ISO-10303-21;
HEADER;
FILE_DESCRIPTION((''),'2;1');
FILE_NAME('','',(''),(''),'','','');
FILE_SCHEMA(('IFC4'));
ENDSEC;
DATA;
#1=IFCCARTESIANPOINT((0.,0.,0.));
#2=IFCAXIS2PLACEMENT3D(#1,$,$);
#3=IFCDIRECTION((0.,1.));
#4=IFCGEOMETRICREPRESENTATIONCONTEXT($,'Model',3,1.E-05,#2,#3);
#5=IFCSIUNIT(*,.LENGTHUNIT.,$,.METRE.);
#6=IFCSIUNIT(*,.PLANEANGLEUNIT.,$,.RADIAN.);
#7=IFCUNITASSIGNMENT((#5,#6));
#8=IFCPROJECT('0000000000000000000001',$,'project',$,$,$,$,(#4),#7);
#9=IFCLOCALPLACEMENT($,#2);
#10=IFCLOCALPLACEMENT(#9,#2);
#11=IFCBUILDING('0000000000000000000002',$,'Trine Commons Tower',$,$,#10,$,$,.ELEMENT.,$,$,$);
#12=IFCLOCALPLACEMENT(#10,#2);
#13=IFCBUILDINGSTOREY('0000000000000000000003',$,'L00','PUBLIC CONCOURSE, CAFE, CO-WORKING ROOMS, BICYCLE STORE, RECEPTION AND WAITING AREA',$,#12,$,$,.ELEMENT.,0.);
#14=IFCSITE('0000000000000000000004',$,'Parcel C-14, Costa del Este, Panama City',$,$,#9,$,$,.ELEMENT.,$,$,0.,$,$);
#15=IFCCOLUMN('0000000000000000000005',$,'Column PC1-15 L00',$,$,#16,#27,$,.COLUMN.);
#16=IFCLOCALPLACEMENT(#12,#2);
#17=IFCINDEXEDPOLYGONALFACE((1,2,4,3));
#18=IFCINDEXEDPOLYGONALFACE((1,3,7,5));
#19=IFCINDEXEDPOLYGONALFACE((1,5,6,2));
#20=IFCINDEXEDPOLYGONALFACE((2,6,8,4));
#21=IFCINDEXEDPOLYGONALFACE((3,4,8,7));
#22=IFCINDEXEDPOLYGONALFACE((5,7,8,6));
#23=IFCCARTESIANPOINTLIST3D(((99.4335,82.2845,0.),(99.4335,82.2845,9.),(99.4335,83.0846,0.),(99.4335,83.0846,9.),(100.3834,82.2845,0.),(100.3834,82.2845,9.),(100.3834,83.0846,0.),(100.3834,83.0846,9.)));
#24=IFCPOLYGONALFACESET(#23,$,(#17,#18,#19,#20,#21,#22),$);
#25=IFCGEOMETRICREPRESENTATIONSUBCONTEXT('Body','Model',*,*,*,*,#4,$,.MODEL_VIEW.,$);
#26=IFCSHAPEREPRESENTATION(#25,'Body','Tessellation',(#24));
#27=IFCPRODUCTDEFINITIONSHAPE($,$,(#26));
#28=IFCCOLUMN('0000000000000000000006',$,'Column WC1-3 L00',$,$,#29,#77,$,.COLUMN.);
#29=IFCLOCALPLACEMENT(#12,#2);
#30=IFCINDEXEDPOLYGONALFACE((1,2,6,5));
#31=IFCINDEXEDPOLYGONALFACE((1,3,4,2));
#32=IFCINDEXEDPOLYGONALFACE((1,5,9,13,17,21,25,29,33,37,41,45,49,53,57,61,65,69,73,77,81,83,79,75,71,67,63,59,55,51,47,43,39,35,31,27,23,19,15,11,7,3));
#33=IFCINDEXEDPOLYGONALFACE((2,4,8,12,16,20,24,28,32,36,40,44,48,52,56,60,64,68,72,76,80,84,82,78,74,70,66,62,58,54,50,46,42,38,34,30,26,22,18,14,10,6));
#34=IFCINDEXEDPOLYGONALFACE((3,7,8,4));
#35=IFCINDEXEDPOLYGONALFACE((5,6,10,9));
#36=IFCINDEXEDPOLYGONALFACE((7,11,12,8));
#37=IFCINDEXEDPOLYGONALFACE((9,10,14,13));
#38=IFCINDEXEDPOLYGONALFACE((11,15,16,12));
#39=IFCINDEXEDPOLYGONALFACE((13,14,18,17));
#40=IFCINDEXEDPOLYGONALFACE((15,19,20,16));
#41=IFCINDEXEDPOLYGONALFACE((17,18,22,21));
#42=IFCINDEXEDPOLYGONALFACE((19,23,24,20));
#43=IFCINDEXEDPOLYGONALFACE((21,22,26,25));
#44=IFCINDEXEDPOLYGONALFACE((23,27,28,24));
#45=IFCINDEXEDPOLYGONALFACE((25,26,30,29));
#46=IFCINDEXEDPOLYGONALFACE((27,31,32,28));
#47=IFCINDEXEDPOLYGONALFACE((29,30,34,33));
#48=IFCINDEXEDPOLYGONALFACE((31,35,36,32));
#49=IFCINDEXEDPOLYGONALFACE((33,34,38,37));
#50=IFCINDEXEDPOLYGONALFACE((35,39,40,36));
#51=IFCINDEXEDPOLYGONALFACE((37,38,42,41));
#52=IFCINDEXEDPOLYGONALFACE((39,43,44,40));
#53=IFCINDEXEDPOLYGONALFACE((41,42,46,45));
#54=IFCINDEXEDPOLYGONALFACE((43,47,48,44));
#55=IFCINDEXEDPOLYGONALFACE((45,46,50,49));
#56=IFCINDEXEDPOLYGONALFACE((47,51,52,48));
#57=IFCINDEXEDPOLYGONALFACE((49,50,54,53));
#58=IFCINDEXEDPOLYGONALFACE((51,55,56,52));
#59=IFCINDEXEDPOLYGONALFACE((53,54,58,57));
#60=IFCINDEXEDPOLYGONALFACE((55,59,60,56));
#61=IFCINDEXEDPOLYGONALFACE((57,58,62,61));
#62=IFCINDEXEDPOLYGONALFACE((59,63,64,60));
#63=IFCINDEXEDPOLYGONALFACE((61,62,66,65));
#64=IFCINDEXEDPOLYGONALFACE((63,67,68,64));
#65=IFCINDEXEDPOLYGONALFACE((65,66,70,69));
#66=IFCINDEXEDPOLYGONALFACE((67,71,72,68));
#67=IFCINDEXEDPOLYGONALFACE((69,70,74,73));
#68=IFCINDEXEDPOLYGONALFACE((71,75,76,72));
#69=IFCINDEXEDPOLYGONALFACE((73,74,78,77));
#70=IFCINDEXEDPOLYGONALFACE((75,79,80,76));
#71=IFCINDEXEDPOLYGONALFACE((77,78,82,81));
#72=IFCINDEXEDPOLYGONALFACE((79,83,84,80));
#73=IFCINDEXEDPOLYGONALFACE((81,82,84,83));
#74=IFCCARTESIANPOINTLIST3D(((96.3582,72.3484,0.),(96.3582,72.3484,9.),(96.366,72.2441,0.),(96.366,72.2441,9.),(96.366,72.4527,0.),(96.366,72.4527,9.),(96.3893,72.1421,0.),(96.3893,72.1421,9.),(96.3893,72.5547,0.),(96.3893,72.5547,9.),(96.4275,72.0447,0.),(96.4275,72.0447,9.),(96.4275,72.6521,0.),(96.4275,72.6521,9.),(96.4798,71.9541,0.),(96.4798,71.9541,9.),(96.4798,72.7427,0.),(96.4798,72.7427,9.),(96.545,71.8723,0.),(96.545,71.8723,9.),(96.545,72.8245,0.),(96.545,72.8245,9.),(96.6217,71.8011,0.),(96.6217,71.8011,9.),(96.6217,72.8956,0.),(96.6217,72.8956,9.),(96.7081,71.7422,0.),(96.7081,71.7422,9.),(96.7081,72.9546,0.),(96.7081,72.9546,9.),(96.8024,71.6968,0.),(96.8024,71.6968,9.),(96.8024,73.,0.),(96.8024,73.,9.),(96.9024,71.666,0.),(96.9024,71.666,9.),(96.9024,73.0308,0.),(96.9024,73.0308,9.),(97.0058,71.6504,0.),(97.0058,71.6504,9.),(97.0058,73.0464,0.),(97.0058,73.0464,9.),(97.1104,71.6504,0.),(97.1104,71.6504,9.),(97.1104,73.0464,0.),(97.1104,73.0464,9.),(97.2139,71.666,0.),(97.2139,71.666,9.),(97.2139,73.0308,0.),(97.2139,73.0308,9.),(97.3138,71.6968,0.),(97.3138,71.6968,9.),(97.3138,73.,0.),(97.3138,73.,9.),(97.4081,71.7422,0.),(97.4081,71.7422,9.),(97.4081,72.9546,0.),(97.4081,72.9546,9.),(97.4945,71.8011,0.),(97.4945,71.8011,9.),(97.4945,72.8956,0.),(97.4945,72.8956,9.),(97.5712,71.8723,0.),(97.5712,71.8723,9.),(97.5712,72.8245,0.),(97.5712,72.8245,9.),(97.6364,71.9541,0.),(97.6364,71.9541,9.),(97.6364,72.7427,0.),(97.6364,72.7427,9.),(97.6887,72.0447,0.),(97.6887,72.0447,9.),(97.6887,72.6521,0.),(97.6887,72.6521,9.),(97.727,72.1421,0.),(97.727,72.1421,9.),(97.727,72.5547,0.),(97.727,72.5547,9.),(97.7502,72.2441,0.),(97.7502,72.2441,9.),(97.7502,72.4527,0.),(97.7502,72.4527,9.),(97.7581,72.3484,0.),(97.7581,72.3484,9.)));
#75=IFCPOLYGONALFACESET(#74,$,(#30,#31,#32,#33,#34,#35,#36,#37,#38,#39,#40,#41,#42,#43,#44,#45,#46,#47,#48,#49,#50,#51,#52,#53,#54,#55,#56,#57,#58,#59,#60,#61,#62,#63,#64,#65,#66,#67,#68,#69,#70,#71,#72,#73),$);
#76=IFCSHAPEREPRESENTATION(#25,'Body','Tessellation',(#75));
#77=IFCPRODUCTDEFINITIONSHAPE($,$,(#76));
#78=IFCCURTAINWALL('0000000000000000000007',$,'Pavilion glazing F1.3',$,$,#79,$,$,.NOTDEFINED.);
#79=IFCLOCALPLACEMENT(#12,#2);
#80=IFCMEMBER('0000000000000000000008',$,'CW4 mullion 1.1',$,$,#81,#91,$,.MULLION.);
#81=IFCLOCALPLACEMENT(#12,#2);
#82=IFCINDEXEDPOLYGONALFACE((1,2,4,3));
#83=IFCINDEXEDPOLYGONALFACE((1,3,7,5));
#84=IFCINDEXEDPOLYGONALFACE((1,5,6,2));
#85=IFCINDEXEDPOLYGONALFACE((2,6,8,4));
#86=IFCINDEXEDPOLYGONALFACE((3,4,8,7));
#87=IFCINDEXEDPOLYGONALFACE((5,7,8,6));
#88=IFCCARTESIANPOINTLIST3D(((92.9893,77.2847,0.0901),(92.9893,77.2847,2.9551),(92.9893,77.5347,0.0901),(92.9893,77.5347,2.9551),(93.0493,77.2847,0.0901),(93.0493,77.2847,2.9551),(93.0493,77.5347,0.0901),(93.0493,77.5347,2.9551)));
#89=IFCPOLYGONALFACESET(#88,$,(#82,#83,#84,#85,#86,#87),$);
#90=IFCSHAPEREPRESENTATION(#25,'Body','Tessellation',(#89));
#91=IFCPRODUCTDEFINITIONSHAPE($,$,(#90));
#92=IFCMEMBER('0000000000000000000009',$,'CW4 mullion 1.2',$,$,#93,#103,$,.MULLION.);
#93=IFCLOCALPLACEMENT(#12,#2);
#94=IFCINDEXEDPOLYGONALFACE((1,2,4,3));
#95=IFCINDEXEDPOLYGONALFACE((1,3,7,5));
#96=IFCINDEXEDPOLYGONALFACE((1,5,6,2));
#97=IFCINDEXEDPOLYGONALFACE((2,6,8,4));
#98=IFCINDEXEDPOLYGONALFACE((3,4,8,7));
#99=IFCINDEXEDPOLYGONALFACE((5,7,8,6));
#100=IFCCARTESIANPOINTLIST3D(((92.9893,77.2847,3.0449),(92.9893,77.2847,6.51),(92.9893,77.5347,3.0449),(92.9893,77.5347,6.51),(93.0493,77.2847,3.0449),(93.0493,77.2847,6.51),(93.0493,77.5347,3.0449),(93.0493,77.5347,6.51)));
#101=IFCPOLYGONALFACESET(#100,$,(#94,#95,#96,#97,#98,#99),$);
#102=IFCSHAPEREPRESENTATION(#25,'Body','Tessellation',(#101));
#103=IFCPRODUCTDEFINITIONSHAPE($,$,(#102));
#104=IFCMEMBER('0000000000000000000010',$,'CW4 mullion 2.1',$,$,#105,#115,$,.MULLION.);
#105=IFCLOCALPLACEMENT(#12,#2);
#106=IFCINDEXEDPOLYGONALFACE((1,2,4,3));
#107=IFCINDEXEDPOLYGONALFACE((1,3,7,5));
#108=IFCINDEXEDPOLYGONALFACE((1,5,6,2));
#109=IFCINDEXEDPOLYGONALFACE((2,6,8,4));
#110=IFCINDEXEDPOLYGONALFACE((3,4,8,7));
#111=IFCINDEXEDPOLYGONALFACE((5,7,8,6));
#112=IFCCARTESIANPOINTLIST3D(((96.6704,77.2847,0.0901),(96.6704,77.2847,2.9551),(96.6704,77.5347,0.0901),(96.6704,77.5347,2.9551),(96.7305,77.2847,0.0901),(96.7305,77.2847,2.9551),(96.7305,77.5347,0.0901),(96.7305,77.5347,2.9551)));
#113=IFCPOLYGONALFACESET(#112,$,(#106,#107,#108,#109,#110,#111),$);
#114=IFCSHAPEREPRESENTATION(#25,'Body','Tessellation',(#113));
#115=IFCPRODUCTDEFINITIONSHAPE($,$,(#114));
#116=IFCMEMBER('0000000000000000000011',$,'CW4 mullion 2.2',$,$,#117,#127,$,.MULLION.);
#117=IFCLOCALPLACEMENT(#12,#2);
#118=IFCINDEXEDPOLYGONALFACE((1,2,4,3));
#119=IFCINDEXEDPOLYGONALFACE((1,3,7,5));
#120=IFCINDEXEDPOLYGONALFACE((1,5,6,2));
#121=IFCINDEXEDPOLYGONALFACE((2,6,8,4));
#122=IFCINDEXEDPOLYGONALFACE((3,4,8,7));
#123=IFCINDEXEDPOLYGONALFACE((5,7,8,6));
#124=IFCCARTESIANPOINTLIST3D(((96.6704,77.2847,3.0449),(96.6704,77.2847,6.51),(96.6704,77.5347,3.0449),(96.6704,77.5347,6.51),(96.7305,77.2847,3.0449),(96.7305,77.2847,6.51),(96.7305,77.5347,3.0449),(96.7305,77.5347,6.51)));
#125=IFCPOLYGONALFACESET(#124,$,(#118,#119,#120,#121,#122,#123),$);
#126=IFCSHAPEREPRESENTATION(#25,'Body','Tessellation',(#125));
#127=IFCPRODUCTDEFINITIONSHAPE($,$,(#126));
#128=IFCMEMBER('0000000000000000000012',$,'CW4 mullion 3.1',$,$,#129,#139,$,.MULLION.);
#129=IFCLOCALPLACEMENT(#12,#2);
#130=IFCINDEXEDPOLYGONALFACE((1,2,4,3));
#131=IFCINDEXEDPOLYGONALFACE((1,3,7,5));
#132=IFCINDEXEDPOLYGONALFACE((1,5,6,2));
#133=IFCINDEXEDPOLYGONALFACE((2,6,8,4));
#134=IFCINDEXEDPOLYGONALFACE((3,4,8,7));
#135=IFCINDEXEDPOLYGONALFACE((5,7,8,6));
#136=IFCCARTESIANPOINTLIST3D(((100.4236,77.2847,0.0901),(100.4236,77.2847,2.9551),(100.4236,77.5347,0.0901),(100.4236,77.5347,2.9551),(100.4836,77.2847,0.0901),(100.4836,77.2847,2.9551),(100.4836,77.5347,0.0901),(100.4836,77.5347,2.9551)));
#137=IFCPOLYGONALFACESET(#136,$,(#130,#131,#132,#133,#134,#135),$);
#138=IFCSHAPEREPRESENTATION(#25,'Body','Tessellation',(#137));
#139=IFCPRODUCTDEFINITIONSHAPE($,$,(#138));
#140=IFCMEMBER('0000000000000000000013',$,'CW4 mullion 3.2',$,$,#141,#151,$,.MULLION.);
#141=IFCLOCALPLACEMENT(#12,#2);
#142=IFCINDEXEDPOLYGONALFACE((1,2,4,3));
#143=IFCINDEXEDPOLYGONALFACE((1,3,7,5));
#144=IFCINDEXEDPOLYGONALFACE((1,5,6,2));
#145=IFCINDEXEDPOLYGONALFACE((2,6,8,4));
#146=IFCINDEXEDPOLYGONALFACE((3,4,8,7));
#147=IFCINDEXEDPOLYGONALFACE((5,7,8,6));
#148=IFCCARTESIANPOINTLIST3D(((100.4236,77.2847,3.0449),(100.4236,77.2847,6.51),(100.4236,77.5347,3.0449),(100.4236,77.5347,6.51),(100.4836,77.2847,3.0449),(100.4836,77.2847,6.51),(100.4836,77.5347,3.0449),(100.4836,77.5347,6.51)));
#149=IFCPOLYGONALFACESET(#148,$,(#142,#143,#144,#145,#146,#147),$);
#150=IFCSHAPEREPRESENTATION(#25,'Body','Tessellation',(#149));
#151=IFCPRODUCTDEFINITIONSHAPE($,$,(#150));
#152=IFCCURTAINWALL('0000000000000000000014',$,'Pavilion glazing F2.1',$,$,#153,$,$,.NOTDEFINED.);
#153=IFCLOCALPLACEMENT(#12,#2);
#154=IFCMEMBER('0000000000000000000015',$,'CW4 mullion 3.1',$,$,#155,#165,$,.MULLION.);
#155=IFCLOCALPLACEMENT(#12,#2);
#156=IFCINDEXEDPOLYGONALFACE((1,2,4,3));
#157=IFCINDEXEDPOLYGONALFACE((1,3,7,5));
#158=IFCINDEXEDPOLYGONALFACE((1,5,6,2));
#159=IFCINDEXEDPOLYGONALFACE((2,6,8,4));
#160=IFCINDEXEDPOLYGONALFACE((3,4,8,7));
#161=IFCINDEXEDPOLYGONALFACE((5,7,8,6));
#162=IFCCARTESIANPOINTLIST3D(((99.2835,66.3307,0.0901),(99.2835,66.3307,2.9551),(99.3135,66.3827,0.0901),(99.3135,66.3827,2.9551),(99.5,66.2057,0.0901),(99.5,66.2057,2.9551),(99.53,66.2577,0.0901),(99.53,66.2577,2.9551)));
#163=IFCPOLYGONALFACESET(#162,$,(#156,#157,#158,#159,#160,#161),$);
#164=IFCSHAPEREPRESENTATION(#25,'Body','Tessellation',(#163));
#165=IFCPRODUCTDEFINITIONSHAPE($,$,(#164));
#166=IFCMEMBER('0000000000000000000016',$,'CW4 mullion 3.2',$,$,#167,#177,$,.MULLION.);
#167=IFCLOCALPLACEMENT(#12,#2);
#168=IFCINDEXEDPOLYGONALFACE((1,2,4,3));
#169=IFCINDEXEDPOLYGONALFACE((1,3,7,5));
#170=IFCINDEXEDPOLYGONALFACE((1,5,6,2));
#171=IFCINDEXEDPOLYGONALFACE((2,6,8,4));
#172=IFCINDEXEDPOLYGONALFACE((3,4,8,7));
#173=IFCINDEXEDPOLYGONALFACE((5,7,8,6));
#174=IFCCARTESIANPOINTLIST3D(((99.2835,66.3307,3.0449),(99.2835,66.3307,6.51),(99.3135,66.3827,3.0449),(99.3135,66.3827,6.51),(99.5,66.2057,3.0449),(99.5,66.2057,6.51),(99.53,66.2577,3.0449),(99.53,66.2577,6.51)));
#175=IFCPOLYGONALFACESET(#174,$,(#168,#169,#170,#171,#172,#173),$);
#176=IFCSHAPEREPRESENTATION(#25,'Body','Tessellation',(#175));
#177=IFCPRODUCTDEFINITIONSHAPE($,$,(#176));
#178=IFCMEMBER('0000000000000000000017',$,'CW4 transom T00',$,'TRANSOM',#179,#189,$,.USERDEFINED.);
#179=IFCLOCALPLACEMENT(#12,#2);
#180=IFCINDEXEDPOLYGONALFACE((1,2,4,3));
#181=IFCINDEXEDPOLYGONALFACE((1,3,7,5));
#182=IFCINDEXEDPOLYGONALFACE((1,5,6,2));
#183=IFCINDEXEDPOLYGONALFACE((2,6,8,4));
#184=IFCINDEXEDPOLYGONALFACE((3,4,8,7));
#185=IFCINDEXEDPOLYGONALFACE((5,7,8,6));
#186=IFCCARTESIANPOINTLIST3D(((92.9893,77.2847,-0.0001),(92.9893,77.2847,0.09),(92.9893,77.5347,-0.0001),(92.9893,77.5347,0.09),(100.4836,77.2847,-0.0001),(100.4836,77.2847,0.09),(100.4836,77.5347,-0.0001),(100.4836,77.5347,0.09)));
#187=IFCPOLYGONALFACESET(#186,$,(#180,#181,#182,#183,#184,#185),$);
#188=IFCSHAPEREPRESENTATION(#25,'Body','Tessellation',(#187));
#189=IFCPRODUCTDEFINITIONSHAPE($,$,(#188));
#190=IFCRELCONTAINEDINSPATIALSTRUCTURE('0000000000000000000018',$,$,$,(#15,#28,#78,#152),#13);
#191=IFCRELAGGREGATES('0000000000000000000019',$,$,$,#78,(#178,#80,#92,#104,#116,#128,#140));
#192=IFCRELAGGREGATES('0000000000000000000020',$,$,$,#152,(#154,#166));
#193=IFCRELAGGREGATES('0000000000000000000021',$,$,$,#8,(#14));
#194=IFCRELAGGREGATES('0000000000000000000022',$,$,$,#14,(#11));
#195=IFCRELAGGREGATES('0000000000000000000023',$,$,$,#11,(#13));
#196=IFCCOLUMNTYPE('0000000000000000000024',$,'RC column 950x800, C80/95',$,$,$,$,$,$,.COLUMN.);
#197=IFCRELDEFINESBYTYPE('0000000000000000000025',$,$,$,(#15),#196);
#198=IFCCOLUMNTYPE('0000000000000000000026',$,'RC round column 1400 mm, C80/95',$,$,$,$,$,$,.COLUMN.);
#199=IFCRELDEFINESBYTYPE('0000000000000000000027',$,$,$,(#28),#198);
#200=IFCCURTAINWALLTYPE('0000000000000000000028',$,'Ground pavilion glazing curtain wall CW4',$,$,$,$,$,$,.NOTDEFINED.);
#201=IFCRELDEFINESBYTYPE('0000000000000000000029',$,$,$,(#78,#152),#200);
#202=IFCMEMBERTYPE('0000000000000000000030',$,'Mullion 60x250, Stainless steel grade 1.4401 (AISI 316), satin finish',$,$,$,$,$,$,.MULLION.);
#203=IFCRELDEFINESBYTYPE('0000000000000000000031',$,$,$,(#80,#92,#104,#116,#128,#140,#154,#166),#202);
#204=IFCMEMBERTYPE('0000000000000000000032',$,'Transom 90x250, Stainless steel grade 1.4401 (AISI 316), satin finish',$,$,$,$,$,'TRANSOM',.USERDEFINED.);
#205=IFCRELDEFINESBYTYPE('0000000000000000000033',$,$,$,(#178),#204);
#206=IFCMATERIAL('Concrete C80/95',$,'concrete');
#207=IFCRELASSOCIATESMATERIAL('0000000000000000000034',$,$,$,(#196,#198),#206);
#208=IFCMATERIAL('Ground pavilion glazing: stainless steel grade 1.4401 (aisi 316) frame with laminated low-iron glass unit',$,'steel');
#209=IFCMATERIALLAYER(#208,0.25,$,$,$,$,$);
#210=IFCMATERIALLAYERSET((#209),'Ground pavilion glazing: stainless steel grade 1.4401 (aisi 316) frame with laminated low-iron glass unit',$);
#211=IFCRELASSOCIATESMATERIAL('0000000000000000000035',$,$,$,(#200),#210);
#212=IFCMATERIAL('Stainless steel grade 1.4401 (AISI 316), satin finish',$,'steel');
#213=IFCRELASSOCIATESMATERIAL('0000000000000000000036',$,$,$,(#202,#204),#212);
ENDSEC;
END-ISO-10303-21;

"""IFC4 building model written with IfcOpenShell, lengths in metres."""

from ifc_helpers import new_model, si_unit, direction, frame, origin, origin_2d, place, context, subcontext, project, spatial, rectangle, circle, extrude, material, layer, layer_set, material_profile, profile_set, type_object, element, aggregate, save


model = new_model("IFC4")

# Units and contexts
model_context = context("Model", 3, precision=1e-05, world=origin(), true_north=direction((0.0, 1.0)))
body_context = subcontext(model_context, "Body", "Model", "MODEL_VIEW")
ifc_project = project(units=[si_unit("LENGTHUNIT", "METRE"), si_unit("PLANEANGLEUNIT", "RADIAN")], contexts=[model_context])

# Site, building, storey
site_placement = place(None, origin())
site = spatial("IfcSite", under=ifc_project, at=site_placement, Name="Parcel C-14, Costa del Este, Panama City", CompositionType="ELEMENT", RefElevation=0.0)
building_placement = place(site_placement, origin())
building = spatial("IfcBuilding", under=site, at=building_placement, Name="Trine Commons Tower", CompositionType="ELEMENT")
storey_placement = place(building_placement, origin())
storey = spatial("IfcBuildingStorey", under=building, at=storey_placement, Name="L00", Description="PUBLIC CONCOURSE, CAFE, CO-WORKING ROOMS, BICYCLE STORE, RECEPTION AND WAITING AREA", CompositionType="ELEMENT", Elevation=0.0)

# Columns
ifc_material_1 = material(Name="Concrete C80/95", Category="concrete")
ifc_material_profile_1 = material_profile(ifc_material_1, rectangle(XDim=0.95, YDim=0.8, at=origin_2d()), Name="RC 950x800")
ifc_profile_set_1 = profile_set([ifc_material_profile_1], Name="Concrete C80/95")
column_type_1 = type_object("IfcColumnType", Name="RC column 950x800, C80/95", PredefinedType="COLUMN", material=ifc_profile_set_1)
column_1_placement = place(storey_placement, frame((99.9084, 82.6846, 0.0), z_axis=(0.0, 0.0, 1.0), x_axis=(1.0, 0.0, 0.0)))
element("IfcColumn", 1, at=column_1_placement, inside=storey, type_object=column_type_1, Name="Column PC1-15 L00", PredefinedType="COLUMN", context=body_context, shape_type="SweptSolid", body=[
    extrude(rectangle(XDim=0.95, YDim=0.8, at=origin_2d()), origin(), (0.0, 0.0, 1.0), 9.0),
])
ifc_material_profile_2 = material_profile(ifc_material_1, circle(Radius=0.7, at=origin_2d()), Name="RC round 1400")
ifc_profile_set_2 = profile_set([ifc_material_profile_2], Name="Concrete C80/95")
column_type_2 = type_object("IfcColumnType", Name="RC round column 1400 mm, C80/95", PredefinedType="COLUMN", material=ifc_profile_set_2)
column_2_placement = place(storey_placement, frame((97.0581, 72.3484, 0.0), z_axis=(0.0, 0.0, 1.0), x_axis=(1.0, 0.0, 0.0)))
element("IfcColumn", 2, at=column_2_placement, inside=storey, type_object=column_type_2, Name="Column WC1-3 L00", PredefinedType="COLUMN", context=body_context, shape_type="SweptSolid", body=[
    extrude(circle(Radius=0.7, at=origin_2d()), origin(), (0.0, 0.0, 1.0), 9.0),
])

# Curtain walls, members
ifc_material_2 = material(Name="Ground pavilion glazing: stainless steel grade 1.4401 (aisi 316) frame with laminated low-iron glass unit", Category="steel")
ifc_layer_1 = layer(ifc_material_2, 0.25)
ifc_layer_set_1 = layer_set([ifc_layer_1], Name="Ground pavilion glazing: stainless steel grade 1.4401 (aisi 316) frame with laminated low-iron glass unit")
curtain_wall_type = type_object("IfcCurtainWallType", Name="Ground pavilion glazing curtain wall CW4", PredefinedType="NOTDEFINED", material=ifc_layer_set_1)
curtain_wall_1_placement = place(storey_placement, origin())
curtain_wall_1 = element("IfcCurtainWall", 3, at=curtain_wall_1_placement, inside=storey, type_object=curtain_wall_type, Name="Pavilion glazing F1.3", PredefinedType="NOTDEFINED")
ifc_material_3 = material(Name="Stainless steel grade 1.4401 (AISI 316), satin finish", Category="steel")
ifc_material_profile_3 = material_profile(ifc_material_3, rectangle(XDim=0.25, YDim=0.0601, at=origin_2d()), Name="Mullion 60x250")
ifc_profile_set_3 = profile_set([ifc_material_profile_3], Name="Stainless steel grade 1.4401 (AISI 316), satin finish")
member_type_1 = type_object("IfcMemberType", Name="Mullion 60x250, Stainless steel grade 1.4401 (AISI 316), satin finish", PredefinedType="MULLION", material=ifc_profile_set_3)
member_1_placement = place(storey_placement, frame((93.0193, 77.4097, 0.0901), z_axis=(0.0, 0.0, 1.0), x_axis=(0.0, 1.0, 0.0)))
member_1 = element("IfcMember", 4, at=member_1_placement, type_object=member_type_1, Name="CW4 mullion 1.1", PredefinedType="MULLION", context=body_context, shape_type="SweptSolid", body=[
    extrude(rectangle(XDim=0.25, YDim=0.0601, at=origin_2d()), origin(), (0.0, 0.0, 1.0), 2.865),
])
member_2_placement = place(storey_placement, frame((93.0193, 77.4097, 3.0449), z_axis=(0.0, 0.0, 1.0), x_axis=(0.0, 1.0, 0.0)))
member_2 = element("IfcMember", 5, at=member_2_placement, type_object=member_type_1, Name="CW4 mullion 1.2", PredefinedType="MULLION", context=body_context, shape_type="SweptSolid", body=[
    extrude(rectangle(XDim=0.25, YDim=0.0601, at=origin_2d()), origin(), (0.0, 0.0, 1.0), 3.4651),
])
member_3_placement = place(storey_placement, frame((96.7004, 77.4097, 0.0901), z_axis=(0.0, 0.0, 1.0), x_axis=(0.0, 1.0, 0.0)))
member_3 = element("IfcMember", 6, at=member_3_placement, type_object=member_type_1, Name="CW4 mullion 2.1", PredefinedType="MULLION", context=body_context, shape_type="SweptSolid", body=[
    extrude(rectangle(XDim=0.25, YDim=0.0601, at=origin_2d()), origin(), (0.0, 0.0, 1.0), 2.865),
])
member_4_placement = place(storey_placement, frame((96.7004, 77.4097, 3.0449), z_axis=(0.0, 0.0, 1.0), x_axis=(0.0, 1.0, 0.0)))
member_4 = element("IfcMember", 7, at=member_4_placement, type_object=member_type_1, Name="CW4 mullion 2.2", PredefinedType="MULLION", context=body_context, shape_type="SweptSolid", body=[
    extrude(rectangle(XDim=0.25, YDim=0.0601, at=origin_2d()), origin(), (0.0, 0.0, 1.0), 3.4651),
])
member_5_placement = place(storey_placement, frame((100.4536, 77.4097, 0.0901), z_axis=(0.0, 0.0, 1.0), x_axis=(0.0, 1.0, 0.0)))
member_5 = element("IfcMember", 8, at=member_5_placement, type_object=member_type_1, Name="CW4 mullion 3.1", PredefinedType="MULLION", context=body_context, shape_type="SweptSolid", body=[
    extrude(rectangle(XDim=0.25, YDim=0.0601, at=origin_2d()), origin(), (0.0, 0.0, 1.0), 2.865),
])
member_6_placement = place(storey_placement, frame((100.4536, 77.4097, 3.0449), z_axis=(0.0, 0.0, 1.0), x_axis=(0.0, 1.0, 0.0)))
member_6 = element("IfcMember", 9, at=member_6_placement, type_object=member_type_1, Name="CW4 mullion 3.2", PredefinedType="MULLION", context=body_context, shape_type="SweptSolid", body=[
    extrude(rectangle(XDim=0.25, YDim=0.0601, at=origin_2d()), origin(), (0.0, 0.0, 1.0), 3.4651),
])
curtain_wall_2_placement = place(storey_placement, origin())
curtain_wall_2 = element("IfcCurtainWall", 10, at=curtain_wall_2_placement, inside=storey, type_object=curtain_wall_type, Name="Pavilion glazing F2.1", PredefinedType="NOTDEFINED")
member_7_placement = place(storey_placement, frame((99.4067, 66.2942, 0.0901), z_axis=(0.0, 0.0, 1.0), x_axis=(0.866025, -0.5, 0.0)))
member_7 = element("IfcMember", 11, at=member_7_placement, type_object=member_type_1, Name="CW4 mullion 3.1", PredefinedType="MULLION", context=body_context, shape_type="SweptSolid", body=[
    extrude(rectangle(XDim=0.25, YDim=0.0601, at=origin_2d()), origin(), (0.0, 0.0, 1.0), 2.865),
])
member_8_placement = place(storey_placement, frame((99.4067, 66.2942, 3.0449), z_axis=(0.0, 0.0, 1.0), x_axis=(0.866025, -0.5, 0.0)))
member_8 = element("IfcMember", 12, at=member_8_placement, type_object=member_type_1, Name="CW4 mullion 3.2", PredefinedType="MULLION", context=body_context, shape_type="SweptSolid", body=[
    extrude(rectangle(XDim=0.25, YDim=0.0601, at=origin_2d()), origin(), (0.0, 0.0, 1.0), 3.4651),
])

# Member
ifc_material_profile_4 = material_profile(ifc_material_3, rectangle(XDim=0.25, YDim=0.0901, at=origin_2d()), Name="Transom 90x250")
ifc_profile_set_4 = profile_set([ifc_material_profile_4], Name="Stainless steel grade 1.4401 (AISI 316), satin finish")
member_type_2 = type_object("IfcMemberType", Name="Transom 90x250, Stainless steel grade 1.4401 (AISI 316), satin finish", ElementType="TRANSOM", PredefinedType="USERDEFINED", material=ifc_profile_set_4)
member_9_placement = place(storey_placement, frame((92.9893, 77.4097, 0.0449), z_axis=(1.0, 0.0, 0.0), x_axis=(0.0, 1.0, 0.0)))
member_9 = element("IfcMember", 13, at=member_9_placement, type_object=member_type_2, Name="CW4 transom T00", ObjectType="TRANSOM", PredefinedType="USERDEFINED", context=body_context, shape_type="SweptSolid", body=[
    extrude(rectangle(XDim=0.25, YDim=0.0901, at=origin_2d()), origin(), (0.0, 0.0, 1.0), 7.4944),
])

aggregate(curtain_wall_1, [member_9, member_1, member_2, member_3, member_4, member_5, member_6])
aggregate(curtain_wall_2, [member_7, member_8])

save(model, "model.ifc")
